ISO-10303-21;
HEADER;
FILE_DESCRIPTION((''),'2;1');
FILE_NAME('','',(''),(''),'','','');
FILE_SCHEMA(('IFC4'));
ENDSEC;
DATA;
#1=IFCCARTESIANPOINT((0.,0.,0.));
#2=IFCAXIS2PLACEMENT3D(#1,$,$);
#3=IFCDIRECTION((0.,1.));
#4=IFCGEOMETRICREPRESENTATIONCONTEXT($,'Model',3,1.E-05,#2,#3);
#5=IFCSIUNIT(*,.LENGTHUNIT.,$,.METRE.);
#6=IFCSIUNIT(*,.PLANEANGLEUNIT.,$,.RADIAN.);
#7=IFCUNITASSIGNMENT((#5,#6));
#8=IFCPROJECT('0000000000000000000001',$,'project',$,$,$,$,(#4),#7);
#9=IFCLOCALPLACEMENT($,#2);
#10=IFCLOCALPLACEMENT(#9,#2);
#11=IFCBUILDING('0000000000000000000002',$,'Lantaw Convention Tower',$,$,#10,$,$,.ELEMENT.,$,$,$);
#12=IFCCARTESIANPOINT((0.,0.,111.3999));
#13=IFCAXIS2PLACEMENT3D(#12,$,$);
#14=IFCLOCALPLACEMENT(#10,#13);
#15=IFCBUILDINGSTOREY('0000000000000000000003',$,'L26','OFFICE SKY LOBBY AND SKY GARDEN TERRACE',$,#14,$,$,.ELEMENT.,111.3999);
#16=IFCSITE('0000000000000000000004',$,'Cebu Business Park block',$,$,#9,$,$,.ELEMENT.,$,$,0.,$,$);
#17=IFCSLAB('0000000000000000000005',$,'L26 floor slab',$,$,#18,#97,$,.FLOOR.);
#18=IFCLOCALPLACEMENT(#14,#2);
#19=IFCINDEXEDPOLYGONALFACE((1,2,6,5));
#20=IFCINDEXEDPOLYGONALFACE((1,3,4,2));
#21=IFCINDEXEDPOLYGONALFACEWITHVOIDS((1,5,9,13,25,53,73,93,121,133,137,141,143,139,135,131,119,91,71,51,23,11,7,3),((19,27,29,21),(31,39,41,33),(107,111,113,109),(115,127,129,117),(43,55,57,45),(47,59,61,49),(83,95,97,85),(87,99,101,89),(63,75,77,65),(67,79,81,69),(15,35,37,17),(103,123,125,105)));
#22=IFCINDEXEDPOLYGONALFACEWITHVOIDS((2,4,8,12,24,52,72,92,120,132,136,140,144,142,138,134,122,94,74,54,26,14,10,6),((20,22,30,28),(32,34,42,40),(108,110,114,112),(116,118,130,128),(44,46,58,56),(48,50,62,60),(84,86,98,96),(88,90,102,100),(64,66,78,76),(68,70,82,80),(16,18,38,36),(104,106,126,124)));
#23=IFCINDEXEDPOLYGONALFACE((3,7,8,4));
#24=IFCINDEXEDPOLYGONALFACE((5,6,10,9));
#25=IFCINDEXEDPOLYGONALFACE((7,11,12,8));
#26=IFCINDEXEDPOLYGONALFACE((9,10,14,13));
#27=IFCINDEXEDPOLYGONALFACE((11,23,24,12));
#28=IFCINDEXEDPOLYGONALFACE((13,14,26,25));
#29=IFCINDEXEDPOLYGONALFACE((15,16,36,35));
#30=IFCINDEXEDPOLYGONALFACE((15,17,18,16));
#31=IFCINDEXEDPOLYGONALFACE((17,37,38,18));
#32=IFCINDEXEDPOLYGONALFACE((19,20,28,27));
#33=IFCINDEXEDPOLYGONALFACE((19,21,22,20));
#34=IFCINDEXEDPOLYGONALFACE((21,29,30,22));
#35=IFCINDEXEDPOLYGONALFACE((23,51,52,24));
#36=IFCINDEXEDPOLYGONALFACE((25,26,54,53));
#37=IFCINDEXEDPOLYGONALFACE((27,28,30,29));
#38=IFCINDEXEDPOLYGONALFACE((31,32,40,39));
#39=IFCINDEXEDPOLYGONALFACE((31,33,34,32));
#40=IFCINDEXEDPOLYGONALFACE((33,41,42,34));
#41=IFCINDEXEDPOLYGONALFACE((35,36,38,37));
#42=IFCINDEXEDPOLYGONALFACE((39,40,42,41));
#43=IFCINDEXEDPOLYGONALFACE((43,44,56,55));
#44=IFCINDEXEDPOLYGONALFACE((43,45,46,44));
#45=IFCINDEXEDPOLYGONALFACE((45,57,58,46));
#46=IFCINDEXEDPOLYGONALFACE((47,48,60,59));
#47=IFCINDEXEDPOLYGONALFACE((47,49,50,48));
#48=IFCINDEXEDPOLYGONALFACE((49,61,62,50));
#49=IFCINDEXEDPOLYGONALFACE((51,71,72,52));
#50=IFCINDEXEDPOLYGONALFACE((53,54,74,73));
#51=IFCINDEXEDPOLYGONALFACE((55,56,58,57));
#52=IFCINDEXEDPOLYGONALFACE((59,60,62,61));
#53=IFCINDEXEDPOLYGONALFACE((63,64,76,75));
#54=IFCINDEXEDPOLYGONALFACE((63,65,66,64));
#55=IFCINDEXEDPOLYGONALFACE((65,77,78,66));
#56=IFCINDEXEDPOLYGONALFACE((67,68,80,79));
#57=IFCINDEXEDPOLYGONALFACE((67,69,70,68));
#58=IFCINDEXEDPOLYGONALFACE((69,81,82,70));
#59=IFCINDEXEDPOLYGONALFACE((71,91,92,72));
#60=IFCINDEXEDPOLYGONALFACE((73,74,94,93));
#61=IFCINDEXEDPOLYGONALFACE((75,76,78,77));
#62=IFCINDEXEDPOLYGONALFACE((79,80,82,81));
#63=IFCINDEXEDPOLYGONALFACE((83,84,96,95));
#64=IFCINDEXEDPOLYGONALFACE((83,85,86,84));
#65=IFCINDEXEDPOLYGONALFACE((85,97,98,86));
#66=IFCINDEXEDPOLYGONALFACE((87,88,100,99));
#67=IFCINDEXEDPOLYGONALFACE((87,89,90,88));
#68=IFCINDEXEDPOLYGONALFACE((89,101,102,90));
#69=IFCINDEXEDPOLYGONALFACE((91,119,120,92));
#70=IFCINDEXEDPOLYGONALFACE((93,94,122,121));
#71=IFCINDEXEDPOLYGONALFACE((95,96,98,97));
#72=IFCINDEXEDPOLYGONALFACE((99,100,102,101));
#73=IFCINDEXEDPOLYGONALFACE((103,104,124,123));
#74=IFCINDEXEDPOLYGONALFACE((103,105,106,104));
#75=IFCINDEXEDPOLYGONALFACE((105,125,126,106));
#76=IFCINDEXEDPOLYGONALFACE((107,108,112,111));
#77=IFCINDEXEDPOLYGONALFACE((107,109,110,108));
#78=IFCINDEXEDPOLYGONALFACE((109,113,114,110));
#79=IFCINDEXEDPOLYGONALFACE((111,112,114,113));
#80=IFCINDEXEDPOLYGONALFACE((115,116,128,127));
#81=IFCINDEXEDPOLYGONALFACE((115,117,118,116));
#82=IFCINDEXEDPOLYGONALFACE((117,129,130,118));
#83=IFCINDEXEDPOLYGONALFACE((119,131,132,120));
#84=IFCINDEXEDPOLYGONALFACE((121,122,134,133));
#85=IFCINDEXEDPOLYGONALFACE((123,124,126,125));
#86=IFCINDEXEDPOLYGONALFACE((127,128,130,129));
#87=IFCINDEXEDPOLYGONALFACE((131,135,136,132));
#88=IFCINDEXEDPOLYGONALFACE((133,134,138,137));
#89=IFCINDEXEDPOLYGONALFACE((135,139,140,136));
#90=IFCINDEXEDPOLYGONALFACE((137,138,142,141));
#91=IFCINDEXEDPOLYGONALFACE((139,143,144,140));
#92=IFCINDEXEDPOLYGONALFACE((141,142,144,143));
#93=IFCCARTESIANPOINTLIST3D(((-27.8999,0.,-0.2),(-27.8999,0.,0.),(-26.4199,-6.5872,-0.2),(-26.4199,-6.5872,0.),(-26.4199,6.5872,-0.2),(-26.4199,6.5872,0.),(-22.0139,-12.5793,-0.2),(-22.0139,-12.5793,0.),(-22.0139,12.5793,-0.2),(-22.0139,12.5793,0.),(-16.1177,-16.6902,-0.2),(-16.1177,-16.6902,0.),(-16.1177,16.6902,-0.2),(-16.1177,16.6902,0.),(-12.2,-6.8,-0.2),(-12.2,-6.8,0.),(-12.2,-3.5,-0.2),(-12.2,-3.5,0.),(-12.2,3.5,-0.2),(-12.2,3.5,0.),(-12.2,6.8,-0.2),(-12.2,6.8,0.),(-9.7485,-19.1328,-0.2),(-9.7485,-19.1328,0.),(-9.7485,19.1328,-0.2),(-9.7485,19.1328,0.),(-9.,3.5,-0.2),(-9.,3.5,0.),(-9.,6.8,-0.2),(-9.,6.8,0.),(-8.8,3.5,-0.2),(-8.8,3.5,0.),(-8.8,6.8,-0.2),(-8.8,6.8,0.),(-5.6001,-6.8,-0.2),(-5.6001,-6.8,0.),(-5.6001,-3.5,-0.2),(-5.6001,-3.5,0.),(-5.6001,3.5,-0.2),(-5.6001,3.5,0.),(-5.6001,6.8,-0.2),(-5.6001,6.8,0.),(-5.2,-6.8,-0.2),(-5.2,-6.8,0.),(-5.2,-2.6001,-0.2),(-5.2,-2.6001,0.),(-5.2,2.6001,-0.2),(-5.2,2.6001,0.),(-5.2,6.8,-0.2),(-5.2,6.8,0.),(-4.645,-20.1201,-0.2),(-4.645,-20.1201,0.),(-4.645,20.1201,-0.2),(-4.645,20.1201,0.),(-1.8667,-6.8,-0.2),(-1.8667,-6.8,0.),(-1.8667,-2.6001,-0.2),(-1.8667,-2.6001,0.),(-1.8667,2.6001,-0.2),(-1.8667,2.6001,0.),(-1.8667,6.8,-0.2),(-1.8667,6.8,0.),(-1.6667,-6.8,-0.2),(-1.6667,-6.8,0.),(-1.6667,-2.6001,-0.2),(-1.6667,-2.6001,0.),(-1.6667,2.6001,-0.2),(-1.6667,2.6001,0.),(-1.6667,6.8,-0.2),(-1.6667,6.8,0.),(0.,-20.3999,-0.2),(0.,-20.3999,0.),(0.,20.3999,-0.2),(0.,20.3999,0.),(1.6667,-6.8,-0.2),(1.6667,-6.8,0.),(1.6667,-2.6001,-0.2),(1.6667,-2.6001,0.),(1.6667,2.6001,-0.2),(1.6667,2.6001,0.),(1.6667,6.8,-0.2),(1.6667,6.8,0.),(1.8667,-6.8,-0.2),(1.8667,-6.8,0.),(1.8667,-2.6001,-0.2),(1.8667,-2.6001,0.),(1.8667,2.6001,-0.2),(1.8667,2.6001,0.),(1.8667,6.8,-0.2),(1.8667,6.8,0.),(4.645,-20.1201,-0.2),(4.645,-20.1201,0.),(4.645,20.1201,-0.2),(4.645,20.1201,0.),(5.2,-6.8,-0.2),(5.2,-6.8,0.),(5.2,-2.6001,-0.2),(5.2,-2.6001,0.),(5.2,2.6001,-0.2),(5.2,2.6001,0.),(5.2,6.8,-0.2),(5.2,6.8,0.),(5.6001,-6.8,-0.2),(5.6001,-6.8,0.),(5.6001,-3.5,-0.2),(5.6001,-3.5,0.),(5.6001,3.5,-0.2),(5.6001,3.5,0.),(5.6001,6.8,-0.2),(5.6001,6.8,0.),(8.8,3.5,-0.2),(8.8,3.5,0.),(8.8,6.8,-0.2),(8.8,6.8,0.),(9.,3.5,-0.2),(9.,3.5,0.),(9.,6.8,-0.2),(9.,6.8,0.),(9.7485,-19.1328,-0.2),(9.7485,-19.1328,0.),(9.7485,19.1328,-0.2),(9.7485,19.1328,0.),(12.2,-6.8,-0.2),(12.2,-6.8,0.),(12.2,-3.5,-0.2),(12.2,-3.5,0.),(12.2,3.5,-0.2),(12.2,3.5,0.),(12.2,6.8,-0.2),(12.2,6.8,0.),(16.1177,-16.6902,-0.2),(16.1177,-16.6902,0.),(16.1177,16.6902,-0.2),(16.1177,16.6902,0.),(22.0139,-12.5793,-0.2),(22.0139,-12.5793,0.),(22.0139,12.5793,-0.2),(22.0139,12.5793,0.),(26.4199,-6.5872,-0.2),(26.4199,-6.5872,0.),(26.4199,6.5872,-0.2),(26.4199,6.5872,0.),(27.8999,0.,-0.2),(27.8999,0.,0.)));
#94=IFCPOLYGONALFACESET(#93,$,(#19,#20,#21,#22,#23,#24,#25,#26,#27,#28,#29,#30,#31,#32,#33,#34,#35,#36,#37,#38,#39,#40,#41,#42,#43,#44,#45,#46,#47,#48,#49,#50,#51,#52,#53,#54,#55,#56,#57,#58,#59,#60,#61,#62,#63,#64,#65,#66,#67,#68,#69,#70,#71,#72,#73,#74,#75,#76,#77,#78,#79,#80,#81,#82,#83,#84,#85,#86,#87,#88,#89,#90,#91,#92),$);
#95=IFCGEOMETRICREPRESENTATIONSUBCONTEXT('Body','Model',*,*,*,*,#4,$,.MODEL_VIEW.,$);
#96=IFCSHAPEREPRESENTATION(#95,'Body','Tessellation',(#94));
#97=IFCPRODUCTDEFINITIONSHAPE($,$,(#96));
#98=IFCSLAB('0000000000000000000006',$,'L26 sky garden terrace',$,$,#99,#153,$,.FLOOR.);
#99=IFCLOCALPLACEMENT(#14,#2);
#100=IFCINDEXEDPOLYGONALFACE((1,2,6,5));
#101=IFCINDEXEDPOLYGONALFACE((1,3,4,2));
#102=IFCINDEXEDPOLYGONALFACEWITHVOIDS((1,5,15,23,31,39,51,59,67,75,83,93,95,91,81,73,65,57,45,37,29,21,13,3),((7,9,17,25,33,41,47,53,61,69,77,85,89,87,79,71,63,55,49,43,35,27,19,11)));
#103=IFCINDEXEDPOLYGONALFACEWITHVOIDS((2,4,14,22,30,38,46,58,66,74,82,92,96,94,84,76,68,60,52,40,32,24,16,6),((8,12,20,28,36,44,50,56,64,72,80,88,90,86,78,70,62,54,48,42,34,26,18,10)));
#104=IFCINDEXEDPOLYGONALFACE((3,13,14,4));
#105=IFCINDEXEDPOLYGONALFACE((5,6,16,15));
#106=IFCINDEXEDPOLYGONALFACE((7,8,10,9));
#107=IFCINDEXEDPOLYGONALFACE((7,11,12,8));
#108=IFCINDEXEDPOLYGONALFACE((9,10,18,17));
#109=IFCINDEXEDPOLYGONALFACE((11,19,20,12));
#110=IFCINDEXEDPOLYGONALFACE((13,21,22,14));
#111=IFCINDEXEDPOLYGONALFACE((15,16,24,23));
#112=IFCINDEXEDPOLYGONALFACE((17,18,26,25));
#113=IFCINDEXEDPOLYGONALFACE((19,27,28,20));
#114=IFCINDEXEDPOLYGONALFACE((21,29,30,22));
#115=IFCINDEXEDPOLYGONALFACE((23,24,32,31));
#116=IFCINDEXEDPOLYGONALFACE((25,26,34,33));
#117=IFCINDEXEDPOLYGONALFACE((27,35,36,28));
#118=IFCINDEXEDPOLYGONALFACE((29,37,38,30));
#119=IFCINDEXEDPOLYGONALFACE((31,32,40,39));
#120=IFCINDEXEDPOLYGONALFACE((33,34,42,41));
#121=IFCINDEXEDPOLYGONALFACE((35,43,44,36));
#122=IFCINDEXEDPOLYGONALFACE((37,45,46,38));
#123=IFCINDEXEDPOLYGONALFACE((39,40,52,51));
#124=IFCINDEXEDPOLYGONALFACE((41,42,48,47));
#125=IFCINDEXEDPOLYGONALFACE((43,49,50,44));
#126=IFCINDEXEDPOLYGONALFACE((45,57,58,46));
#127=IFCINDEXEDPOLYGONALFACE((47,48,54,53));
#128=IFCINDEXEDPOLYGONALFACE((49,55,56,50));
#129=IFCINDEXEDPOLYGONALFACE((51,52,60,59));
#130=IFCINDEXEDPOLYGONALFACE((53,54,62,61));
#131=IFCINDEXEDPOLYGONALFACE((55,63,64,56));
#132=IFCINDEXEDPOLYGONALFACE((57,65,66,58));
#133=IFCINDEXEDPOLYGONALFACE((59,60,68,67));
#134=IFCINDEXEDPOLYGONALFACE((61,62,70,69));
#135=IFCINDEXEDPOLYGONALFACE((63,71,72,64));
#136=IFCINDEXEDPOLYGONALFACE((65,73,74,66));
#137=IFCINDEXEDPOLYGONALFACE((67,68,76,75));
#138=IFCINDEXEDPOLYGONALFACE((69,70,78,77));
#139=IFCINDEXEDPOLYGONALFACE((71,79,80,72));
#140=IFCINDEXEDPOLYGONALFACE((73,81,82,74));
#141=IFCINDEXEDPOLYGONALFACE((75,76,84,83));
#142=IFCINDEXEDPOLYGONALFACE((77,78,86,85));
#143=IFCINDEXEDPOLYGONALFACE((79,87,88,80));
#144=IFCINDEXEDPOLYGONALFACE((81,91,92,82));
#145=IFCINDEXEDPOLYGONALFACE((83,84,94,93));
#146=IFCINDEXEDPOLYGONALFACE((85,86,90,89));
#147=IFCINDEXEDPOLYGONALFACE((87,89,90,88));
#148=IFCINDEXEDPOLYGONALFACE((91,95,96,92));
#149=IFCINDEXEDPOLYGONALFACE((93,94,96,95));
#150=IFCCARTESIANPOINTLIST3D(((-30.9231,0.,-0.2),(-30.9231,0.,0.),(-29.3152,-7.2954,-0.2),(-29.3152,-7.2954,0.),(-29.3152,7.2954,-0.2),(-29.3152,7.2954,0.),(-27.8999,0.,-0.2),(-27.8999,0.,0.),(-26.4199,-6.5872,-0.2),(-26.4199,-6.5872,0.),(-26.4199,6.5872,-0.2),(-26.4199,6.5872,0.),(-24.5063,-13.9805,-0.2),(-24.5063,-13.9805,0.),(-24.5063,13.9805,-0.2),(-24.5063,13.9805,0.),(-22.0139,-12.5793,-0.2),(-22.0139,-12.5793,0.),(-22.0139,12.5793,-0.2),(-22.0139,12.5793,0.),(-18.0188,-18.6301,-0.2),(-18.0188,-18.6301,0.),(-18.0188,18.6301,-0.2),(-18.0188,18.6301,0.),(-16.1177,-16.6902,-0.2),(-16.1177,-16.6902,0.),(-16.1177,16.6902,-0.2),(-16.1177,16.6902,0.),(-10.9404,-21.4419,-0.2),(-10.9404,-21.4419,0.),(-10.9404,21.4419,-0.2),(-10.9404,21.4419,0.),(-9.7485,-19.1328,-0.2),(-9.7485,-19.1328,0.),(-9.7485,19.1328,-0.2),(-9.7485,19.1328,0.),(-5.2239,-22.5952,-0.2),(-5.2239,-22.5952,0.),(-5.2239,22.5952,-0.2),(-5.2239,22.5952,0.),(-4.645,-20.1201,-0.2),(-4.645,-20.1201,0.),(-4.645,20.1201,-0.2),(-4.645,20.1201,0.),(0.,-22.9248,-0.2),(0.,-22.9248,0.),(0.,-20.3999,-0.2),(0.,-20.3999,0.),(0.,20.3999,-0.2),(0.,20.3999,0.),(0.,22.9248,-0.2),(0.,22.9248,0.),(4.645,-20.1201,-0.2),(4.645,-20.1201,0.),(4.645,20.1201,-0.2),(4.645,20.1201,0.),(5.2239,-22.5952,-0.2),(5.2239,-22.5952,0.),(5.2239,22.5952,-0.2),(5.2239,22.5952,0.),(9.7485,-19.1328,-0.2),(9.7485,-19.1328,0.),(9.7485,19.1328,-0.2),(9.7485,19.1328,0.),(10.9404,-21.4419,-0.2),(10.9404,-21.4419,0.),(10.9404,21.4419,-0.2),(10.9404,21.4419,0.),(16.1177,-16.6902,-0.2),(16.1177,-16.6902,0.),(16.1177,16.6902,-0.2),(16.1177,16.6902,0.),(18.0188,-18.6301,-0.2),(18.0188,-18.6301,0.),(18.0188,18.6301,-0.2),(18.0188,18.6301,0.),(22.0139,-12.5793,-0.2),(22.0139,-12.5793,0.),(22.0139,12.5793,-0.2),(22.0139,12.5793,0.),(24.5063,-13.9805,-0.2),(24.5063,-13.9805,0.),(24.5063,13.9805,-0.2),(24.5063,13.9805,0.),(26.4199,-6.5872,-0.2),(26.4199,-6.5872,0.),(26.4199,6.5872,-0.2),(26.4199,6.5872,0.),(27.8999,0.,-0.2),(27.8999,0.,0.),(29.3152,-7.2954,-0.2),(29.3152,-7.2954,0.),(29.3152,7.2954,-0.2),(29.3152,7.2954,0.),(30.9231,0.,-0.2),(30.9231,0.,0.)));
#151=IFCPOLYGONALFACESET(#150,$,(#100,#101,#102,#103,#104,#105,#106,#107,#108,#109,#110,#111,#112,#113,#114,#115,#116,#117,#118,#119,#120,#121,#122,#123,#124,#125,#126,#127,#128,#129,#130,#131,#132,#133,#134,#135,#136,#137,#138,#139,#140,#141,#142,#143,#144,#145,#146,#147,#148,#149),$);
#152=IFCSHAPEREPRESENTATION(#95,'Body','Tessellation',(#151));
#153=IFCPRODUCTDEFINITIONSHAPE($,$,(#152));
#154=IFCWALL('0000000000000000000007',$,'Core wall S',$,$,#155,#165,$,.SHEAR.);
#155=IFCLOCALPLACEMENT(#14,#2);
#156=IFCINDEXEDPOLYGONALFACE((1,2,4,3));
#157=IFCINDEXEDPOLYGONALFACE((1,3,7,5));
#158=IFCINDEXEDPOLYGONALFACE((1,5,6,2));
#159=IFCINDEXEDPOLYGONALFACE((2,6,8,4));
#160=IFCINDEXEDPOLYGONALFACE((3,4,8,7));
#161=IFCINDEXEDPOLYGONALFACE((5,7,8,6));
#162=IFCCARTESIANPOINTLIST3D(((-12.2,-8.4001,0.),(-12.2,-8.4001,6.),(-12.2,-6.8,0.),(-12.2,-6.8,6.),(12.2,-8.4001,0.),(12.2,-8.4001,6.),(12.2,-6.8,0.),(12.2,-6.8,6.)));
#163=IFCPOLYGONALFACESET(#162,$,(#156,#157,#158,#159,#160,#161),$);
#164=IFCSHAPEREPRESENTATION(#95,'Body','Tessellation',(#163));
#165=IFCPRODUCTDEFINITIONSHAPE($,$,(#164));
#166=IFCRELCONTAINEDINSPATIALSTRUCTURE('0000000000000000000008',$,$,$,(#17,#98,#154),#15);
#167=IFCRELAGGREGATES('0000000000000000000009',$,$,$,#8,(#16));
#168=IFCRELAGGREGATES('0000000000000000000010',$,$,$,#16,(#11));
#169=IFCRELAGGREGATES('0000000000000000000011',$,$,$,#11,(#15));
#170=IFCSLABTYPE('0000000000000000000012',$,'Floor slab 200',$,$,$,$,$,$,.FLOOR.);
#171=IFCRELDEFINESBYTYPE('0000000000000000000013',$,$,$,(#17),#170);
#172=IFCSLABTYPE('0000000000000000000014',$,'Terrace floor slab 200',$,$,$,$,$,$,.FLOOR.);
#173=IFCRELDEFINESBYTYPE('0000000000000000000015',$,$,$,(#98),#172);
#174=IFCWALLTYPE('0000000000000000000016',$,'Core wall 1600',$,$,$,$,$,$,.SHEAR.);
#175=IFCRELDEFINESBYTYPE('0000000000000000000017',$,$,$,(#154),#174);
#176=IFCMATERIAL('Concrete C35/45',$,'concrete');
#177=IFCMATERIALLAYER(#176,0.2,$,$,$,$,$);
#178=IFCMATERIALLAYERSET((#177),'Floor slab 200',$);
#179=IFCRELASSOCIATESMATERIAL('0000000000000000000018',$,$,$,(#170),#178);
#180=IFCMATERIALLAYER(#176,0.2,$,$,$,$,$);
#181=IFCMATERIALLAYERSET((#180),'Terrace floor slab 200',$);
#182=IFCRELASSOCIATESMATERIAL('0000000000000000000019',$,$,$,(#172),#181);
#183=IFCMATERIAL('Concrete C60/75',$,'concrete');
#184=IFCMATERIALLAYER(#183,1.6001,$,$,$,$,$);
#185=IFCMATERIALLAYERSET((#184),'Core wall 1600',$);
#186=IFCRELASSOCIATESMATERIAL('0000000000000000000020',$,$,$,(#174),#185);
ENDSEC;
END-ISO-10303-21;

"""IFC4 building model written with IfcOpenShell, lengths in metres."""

from ifc_helpers import new_model, si_unit, direction, frame, frame_2d, origin, place, context, subcontext, project, spatial, polyline, rectangle, outline, extrude, material, layer, layer_set, type_object, element, save


model = new_model("IFC4")

# Units and contexts
model_context = context("Model", 3, precision=1e-05, world=origin(), true_north=direction((0.0, 1.0)))
body_context = subcontext(model_context, "Body", "Model", "MODEL_VIEW")
ifc_project = project(units=[si_unit("LENGTHUNIT", "METRE"), si_unit("PLANEANGLEUNIT", "RADIAN")], contexts=[model_context])

# Site, building, storey
site_placement = place(None, origin())
site = spatial("IfcSite", under=ifc_project, at=site_placement, Name="Cebu Business Park block", CompositionType="ELEMENT", RefElevation=0.0)
building_placement = place(site_placement, origin())
building = spatial("IfcBuilding", under=site, at=building_placement, Name="Lantaw Convention Tower", CompositionType="ELEMENT")
storey_placement = place(building_placement, frame((0.0, 0.0, 111.3999)))
storey = spatial("IfcBuildingStorey", under=building, at=storey_placement, Name="L26", Description="OFFICE SKY LOBBY AND SKY GARDEN TERRACE", CompositionType="ELEMENT", Elevation=111.3999)

# Slabs
ifc_material_1 = material(Name="Concrete C35/45", Category="concrete")
ifc_layer_1 = layer(ifc_material_1, 0.2)
ifc_layer_set_1 = layer_set([ifc_layer_1], Name="Floor slab 200")
slab_type_1 = type_object("IfcSlabType", Name="Floor slab 200", PredefinedType="FLOOR", material=ifc_layer_set_1)
slab_1_placement = place(storey_placement, frame((0.0, 0.0, -0.2)))
element("IfcSlab", 1, at=slab_1_placement, inside=storey, type_object=slab_type_1, Name="L26 floor slab", PredefinedType="FLOOR", context=body_context, shape_type="SweptSolid", body=[
    extrude(outline(polyline([(22.0139, -12.5793), (26.4199, -6.5872), (27.8999, 0.0), (26.4199, 6.5872), (22.0139, 12.5793), (16.1177, 16.6902), (9.7485, 19.1328), (4.645, 20.1201), (0.0, 20.3999), (-4.645, 20.1201), (-9.7485, 19.1328), (-16.1177, 16.6902), (-22.0139, 12.5793), (-26.4199, 6.5872), (-27.8999, 0.0), (-26.4199, -6.5872), (-22.0139, -12.5793), (-16.1177, -16.6902), (-9.7485, -19.1328), (-4.645, -20.1201), (0.0, -20.3999), (4.645, -20.1201), (9.7485, -19.1328), (16.1177, -16.6902), (22.0139, -12.5793)]), holes=[polyline([(-5.6001, -3.5), (-12.2, -3.5), (-12.2, -6.8), (-5.6001, -6.8), (-5.6001, -3.5)]), polyline([(-1.8667, -6.8), (-1.8667, -2.6001), (-5.2, -2.6001), (-5.2, -6.8), (-1.8667, -6.8)]), polyline([(-1.8667, 2.6001), (-1.8667, 6.8), (-5.2, 6.8), (-5.2, 2.6001), (-1.8667, 2.6001)]), polyline([(1.6667, 6.8), (-1.6667, 6.8), (-1.6667, 2.6001), (1.6667, 2.6001), (1.6667, 6.8)]), polyline([(-9.0, 3.5), (-9.0, 6.8), (-12.2, 6.8), (-12.2, 3.5), (-9.0, 3.5)]), polyline([(-5.6001, 3.5), (-5.6001, 6.8), (-8.8, 6.8), (-8.8, 3.5), (-5.6001, 3.5)]), polyline([(12.2, -3.5), (5.6001, -3.5), (5.6001, -6.8), (12.2, -6.8), (12.2, -3.5)]), polyline([(1.6667, -6.8), (1.6667, -2.6001), (-1.6667, -2.6001), (-1.6667, -6.8), (1.6667, -6.8)]), polyline([(5.2, -6.8), (5.2, -2.6001), (1.8667, -2.6001), (1.8667, -6.8), (5.2, -6.8)]), polyline([(5.2, 6.8), (1.8667, 6.8), (1.8667, 2.6001), (5.2, 2.6001), (5.2, 6.8)]), polyline([(8.8, 3.5), (8.8, 6.8), (5.6001, 6.8), (5.6001, 3.5), (8.8, 3.5)]), polyline([(12.2, 3.5), (12.2, 6.8), (9.0, 6.8), (9.0, 3.5), (12.2, 3.5)])]), origin(), (0.0, 0.0, 1.0), 0.2),
])
ifc_layer_2 = layer(ifc_material_1, 0.2)
ifc_layer_set_2 = layer_set([ifc_layer_2], Name="Terrace floor slab 200")
slab_type_2 = type_object("IfcSlabType", Name="Terrace floor slab 200", PredefinedType="FLOOR", material=ifc_layer_set_2)
slab_2_placement = place(storey_placement, frame((0.0, 0.0, -0.2)))
element("IfcSlab", 2, at=slab_2_placement, inside=storey, type_object=slab_type_2, Name="L26 sky garden terrace", PredefinedType="FLOOR", context=body_context, shape_type="SweptSolid", body=[
    extrude(outline(polyline([(18.0188, -18.6301), (24.5063, -13.9805), (29.3152, -7.2954), (30.9231, 0.0), (29.3152, 7.2954), (24.5063, 13.9805), (18.0188, 18.6301), (10.9404, 21.4419), (5.2239, 22.5952), (0.0, 22.9248), (-5.2239, 22.5952), (-10.9404, 21.4419), (-18.0188, 18.6301), (-24.5063, 13.9805), (-29.3152, 7.2954), (-30.9231, 0.0), (-29.3152, -7.2954), (-24.5063, -13.9805), (-18.0188, -18.6301), (-10.9404, -21.4419), (-5.2239, -22.5952), (0.0, -22.9248), (5.2239, -22.5952), (10.9404, -21.4419), (18.0188, -18.6301)]), holes=[polyline([(16.1177, 16.6902), (9.7485, 19.1328), (4.645, 20.1201), (0.0, 20.3999), (-4.645, 20.1201), (-9.7485, 19.1328), (-16.1177, 16.6902), (-22.0139, 12.5793), (-26.4199, 6.5872), (-27.8999, 0.0), (-26.4199, -6.5872), (-22.0139, -12.5793), (-16.1177, -16.6902), (-9.7485, -19.1328), (-4.645, -20.1201), (0.0, -20.3999), (4.645, -20.1201), (9.7485, -19.1328), (16.1177, -16.6902), (22.0139, -12.5793), (26.4199, -6.5872), (27.8999, 0.0), (26.4199, 6.5872), (22.0139, 12.5793), (16.1177, 16.6902)])]), origin(), (0.0, 0.0, 1.0), 0.2),
])

# Wall
ifc_material_2 = material(Name="Concrete C60/75", Category="concrete")
ifc_layer_3 = layer(ifc_material_2, 1.6001)
ifc_layer_set_3 = layer_set([ifc_layer_3], Name="Core wall 1600")
wall_type_1 = type_object("IfcWallType", Name="Core wall 1600", PredefinedType="SHEAR", material=ifc_layer_set_3)
wall_1_placement = place(storey_placement, frame((-12.2, -7.6001, 0.0), z_axis=(0.0, 0.0, 1.0), x_axis=(1.0, 0.0, 0.0)))
element("IfcWall", 3, at=wall_1_placement, inside=storey, type_object=wall_type_1, Name="Core wall S", PredefinedType="SHEAR", context=body_context, shape_type="SweptSolid", body=[
    extrude(rectangle(XDim=24.3999, YDim=1.6001, at=frame_2d((12.2, 0.0))), origin(), (0.0, 0.0, 1.0), 6.0),
])

save(model, "model.ifc")
